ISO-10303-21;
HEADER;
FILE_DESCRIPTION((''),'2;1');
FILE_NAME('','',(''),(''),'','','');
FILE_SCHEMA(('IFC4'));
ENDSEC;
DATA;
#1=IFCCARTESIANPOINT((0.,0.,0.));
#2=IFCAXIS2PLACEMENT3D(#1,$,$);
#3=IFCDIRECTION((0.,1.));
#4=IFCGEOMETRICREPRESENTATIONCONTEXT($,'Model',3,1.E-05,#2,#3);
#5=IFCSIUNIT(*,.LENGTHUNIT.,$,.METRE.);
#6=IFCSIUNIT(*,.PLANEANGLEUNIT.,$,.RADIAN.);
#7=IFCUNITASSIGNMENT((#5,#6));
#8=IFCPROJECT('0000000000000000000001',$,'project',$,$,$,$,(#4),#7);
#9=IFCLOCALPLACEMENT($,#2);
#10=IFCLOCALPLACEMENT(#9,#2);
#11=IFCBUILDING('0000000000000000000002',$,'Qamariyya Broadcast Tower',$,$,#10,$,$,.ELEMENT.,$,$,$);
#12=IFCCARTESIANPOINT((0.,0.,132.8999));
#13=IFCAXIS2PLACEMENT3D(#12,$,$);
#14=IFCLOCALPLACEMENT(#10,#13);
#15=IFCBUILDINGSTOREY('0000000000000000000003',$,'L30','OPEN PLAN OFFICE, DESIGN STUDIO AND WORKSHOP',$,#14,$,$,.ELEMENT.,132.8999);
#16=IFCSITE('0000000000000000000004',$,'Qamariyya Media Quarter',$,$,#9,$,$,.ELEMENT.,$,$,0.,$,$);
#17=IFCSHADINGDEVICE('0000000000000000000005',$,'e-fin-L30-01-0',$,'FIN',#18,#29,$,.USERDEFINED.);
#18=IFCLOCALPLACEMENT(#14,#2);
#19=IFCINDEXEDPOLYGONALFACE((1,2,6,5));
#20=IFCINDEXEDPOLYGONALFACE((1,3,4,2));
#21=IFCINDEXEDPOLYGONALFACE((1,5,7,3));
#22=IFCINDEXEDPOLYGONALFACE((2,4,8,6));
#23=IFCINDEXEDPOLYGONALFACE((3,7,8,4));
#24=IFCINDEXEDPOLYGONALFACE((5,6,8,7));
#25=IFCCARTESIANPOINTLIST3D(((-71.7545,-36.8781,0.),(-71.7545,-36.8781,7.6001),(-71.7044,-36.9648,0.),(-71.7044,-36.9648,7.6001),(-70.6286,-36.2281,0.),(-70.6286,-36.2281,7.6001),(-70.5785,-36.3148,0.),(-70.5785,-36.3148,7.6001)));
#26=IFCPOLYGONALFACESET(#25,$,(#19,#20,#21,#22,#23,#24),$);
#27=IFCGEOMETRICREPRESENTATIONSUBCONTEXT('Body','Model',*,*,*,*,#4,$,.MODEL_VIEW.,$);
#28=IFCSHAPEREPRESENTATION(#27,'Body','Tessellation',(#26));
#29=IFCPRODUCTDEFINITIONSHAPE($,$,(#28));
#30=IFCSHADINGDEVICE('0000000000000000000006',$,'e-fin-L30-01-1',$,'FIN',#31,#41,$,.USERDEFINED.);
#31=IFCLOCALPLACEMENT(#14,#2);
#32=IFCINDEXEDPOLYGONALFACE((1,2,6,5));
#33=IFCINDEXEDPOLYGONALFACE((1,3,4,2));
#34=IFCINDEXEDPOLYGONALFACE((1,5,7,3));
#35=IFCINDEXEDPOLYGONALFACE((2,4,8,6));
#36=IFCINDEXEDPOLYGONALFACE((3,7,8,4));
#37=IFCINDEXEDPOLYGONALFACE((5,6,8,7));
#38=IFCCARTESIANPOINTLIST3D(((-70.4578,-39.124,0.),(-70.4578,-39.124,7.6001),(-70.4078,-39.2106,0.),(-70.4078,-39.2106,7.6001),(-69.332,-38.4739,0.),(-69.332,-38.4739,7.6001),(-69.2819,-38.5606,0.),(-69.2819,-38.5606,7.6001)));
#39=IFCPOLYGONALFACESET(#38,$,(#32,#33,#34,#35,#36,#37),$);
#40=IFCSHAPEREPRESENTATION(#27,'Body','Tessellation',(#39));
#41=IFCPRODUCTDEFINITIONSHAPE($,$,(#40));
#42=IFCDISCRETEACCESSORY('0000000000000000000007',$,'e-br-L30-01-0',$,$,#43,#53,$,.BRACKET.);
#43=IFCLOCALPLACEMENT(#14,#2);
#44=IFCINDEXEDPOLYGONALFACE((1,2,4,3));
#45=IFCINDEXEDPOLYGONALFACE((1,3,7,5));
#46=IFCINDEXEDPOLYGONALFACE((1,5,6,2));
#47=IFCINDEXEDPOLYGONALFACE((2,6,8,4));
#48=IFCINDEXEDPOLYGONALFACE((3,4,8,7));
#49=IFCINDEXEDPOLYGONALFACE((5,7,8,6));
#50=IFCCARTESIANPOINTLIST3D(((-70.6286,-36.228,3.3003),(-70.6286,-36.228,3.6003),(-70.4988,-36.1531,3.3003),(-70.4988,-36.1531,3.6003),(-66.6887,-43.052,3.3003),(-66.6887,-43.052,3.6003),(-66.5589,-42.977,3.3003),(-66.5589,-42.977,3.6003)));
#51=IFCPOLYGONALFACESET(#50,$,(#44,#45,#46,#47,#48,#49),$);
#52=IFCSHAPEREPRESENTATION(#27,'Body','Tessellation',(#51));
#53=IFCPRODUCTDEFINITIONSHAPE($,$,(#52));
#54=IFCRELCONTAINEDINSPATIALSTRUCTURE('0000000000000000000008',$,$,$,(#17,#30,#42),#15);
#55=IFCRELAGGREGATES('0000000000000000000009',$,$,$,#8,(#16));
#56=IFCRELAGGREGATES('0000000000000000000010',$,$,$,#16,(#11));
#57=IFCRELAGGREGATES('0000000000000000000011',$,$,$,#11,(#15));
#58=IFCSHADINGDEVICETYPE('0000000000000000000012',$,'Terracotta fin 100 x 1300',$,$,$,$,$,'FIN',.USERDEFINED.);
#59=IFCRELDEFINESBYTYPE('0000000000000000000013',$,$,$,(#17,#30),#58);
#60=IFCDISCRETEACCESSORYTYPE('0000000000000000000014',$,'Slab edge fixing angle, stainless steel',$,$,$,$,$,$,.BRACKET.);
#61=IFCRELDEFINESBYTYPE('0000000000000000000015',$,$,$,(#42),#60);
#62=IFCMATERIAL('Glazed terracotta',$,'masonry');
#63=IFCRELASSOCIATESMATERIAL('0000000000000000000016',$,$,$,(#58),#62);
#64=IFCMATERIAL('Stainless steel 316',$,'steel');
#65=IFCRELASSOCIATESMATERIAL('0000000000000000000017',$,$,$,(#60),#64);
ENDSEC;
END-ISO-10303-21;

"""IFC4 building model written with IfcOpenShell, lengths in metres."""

from ifc_helpers import new_model, si_unit, direction, frame, origin, origin_2d, place, context, subcontext, project, spatial, rectangle, extrude, material, material_profile, profile_set, type_object, element, save


model = new_model("IFC4")

# Units and contexts
model_context = context("Model", 3, precision=1e-05, world=origin(), true_north=direction((0.0, 1.0)))
body_context = subcontext(model_context, "Body", "Model", "MODEL_VIEW")
ifc_project = project(units=[si_unit("LENGTHUNIT", "METRE"), si_unit("PLANEANGLEUNIT", "RADIAN")], contexts=[model_context])

# Site, building, storey
site_placement = place(None, origin())
site = spatial("IfcSite", under=ifc_project, at=site_placement, Name="Qamariyya Media Quarter", CompositionType="ELEMENT", RefElevation=0.0)
building_placement = place(site_placement, origin())
building = spatial("IfcBuilding", under=site, at=building_placement, Name="Qamariyya Broadcast Tower", CompositionType="ELEMENT")
storey_placement = place(building_placement, frame((0.0, 0.0, 132.8999)))
storey = spatial("IfcBuildingStorey", under=building, at=storey_placement, Name="L30", Description="OPEN PLAN OFFICE, DESIGN STUDIO AND WORKSHOP", CompositionType="ELEMENT", Elevation=132.8999)

# Shading devices
ifc_material_1 = material(Name="Glazed terracotta", Category="masonry")
ifc_material_profile_1 = material_profile(ifc_material_1, rectangle(XDim=1.3, YDim=0.1001, at=origin_2d()))
ifc_profile_set_1 = profile_set([ifc_material_profile_1], Name="Glazed terracotta")
shading_device_type = type_object("IfcShadingDeviceType", Name="Terracotta fin 100 x 1300", ElementType="FIN", PredefinedType="USERDEFINED", material=ifc_profile_set_1)
for number, where, z_axis, x_axis, name in (
    (1, (-71.1665, -36.5964, 0.0), (0.0, 0.0, 1.0), (-0.866025, -0.5, 0.0), "e-fin-L30-01-0"),
    (2, (-69.8699, -38.8423, 0.0), (0.0, 0.0, 1.0), (-0.866025, -0.5, 0.0), "e-fin-L30-01-1"),
):
    element("IfcShadingDevice", number, at=place(storey_placement, frame(where, z_axis=z_axis, x_axis=x_axis)), inside=storey, type_object=shading_device_type, Name=name, ObjectType="FIN", PredefinedType="USERDEFINED", context=body_context, shape_type="SweptSolid", body=[
        extrude(rectangle(XDim=1.3, YDim=0.1001, at=origin_2d()), origin(), (0.0, 0.0, 1.0), 7.6001),
    ])

# Discrete accessory
ifc_material_2 = material(Name="Stainless steel 316", Category="steel")
discrete_accessory_type = type_object("IfcDiscreteAccessoryType", Name="Slab edge fixing angle, stainless steel", PredefinedType="BRACKET", material=ifc_material_2)
discrete_accessory_placement = place(storey_placement, frame((-68.5938, -39.6025, 3.3003), z_axis=(0.0, 0.0, 1.0), x_axis=(0.5, -0.866025, 0.0)))
element("IfcDiscreteAccessory", 3, at=discrete_accessory_placement, inside=storey, type_object=discrete_accessory_type, Name="e-br-L30-01-0", PredefinedType="BRACKET", context=body_context, shape_type="SweptSolid", body=[
    extrude(rectangle(XDim=7.8796, YDim=0.1499, at=origin_2d()), origin(), (0.0, 0.0, 1.0), 0.3),
])

save(model, "model.ifc")
